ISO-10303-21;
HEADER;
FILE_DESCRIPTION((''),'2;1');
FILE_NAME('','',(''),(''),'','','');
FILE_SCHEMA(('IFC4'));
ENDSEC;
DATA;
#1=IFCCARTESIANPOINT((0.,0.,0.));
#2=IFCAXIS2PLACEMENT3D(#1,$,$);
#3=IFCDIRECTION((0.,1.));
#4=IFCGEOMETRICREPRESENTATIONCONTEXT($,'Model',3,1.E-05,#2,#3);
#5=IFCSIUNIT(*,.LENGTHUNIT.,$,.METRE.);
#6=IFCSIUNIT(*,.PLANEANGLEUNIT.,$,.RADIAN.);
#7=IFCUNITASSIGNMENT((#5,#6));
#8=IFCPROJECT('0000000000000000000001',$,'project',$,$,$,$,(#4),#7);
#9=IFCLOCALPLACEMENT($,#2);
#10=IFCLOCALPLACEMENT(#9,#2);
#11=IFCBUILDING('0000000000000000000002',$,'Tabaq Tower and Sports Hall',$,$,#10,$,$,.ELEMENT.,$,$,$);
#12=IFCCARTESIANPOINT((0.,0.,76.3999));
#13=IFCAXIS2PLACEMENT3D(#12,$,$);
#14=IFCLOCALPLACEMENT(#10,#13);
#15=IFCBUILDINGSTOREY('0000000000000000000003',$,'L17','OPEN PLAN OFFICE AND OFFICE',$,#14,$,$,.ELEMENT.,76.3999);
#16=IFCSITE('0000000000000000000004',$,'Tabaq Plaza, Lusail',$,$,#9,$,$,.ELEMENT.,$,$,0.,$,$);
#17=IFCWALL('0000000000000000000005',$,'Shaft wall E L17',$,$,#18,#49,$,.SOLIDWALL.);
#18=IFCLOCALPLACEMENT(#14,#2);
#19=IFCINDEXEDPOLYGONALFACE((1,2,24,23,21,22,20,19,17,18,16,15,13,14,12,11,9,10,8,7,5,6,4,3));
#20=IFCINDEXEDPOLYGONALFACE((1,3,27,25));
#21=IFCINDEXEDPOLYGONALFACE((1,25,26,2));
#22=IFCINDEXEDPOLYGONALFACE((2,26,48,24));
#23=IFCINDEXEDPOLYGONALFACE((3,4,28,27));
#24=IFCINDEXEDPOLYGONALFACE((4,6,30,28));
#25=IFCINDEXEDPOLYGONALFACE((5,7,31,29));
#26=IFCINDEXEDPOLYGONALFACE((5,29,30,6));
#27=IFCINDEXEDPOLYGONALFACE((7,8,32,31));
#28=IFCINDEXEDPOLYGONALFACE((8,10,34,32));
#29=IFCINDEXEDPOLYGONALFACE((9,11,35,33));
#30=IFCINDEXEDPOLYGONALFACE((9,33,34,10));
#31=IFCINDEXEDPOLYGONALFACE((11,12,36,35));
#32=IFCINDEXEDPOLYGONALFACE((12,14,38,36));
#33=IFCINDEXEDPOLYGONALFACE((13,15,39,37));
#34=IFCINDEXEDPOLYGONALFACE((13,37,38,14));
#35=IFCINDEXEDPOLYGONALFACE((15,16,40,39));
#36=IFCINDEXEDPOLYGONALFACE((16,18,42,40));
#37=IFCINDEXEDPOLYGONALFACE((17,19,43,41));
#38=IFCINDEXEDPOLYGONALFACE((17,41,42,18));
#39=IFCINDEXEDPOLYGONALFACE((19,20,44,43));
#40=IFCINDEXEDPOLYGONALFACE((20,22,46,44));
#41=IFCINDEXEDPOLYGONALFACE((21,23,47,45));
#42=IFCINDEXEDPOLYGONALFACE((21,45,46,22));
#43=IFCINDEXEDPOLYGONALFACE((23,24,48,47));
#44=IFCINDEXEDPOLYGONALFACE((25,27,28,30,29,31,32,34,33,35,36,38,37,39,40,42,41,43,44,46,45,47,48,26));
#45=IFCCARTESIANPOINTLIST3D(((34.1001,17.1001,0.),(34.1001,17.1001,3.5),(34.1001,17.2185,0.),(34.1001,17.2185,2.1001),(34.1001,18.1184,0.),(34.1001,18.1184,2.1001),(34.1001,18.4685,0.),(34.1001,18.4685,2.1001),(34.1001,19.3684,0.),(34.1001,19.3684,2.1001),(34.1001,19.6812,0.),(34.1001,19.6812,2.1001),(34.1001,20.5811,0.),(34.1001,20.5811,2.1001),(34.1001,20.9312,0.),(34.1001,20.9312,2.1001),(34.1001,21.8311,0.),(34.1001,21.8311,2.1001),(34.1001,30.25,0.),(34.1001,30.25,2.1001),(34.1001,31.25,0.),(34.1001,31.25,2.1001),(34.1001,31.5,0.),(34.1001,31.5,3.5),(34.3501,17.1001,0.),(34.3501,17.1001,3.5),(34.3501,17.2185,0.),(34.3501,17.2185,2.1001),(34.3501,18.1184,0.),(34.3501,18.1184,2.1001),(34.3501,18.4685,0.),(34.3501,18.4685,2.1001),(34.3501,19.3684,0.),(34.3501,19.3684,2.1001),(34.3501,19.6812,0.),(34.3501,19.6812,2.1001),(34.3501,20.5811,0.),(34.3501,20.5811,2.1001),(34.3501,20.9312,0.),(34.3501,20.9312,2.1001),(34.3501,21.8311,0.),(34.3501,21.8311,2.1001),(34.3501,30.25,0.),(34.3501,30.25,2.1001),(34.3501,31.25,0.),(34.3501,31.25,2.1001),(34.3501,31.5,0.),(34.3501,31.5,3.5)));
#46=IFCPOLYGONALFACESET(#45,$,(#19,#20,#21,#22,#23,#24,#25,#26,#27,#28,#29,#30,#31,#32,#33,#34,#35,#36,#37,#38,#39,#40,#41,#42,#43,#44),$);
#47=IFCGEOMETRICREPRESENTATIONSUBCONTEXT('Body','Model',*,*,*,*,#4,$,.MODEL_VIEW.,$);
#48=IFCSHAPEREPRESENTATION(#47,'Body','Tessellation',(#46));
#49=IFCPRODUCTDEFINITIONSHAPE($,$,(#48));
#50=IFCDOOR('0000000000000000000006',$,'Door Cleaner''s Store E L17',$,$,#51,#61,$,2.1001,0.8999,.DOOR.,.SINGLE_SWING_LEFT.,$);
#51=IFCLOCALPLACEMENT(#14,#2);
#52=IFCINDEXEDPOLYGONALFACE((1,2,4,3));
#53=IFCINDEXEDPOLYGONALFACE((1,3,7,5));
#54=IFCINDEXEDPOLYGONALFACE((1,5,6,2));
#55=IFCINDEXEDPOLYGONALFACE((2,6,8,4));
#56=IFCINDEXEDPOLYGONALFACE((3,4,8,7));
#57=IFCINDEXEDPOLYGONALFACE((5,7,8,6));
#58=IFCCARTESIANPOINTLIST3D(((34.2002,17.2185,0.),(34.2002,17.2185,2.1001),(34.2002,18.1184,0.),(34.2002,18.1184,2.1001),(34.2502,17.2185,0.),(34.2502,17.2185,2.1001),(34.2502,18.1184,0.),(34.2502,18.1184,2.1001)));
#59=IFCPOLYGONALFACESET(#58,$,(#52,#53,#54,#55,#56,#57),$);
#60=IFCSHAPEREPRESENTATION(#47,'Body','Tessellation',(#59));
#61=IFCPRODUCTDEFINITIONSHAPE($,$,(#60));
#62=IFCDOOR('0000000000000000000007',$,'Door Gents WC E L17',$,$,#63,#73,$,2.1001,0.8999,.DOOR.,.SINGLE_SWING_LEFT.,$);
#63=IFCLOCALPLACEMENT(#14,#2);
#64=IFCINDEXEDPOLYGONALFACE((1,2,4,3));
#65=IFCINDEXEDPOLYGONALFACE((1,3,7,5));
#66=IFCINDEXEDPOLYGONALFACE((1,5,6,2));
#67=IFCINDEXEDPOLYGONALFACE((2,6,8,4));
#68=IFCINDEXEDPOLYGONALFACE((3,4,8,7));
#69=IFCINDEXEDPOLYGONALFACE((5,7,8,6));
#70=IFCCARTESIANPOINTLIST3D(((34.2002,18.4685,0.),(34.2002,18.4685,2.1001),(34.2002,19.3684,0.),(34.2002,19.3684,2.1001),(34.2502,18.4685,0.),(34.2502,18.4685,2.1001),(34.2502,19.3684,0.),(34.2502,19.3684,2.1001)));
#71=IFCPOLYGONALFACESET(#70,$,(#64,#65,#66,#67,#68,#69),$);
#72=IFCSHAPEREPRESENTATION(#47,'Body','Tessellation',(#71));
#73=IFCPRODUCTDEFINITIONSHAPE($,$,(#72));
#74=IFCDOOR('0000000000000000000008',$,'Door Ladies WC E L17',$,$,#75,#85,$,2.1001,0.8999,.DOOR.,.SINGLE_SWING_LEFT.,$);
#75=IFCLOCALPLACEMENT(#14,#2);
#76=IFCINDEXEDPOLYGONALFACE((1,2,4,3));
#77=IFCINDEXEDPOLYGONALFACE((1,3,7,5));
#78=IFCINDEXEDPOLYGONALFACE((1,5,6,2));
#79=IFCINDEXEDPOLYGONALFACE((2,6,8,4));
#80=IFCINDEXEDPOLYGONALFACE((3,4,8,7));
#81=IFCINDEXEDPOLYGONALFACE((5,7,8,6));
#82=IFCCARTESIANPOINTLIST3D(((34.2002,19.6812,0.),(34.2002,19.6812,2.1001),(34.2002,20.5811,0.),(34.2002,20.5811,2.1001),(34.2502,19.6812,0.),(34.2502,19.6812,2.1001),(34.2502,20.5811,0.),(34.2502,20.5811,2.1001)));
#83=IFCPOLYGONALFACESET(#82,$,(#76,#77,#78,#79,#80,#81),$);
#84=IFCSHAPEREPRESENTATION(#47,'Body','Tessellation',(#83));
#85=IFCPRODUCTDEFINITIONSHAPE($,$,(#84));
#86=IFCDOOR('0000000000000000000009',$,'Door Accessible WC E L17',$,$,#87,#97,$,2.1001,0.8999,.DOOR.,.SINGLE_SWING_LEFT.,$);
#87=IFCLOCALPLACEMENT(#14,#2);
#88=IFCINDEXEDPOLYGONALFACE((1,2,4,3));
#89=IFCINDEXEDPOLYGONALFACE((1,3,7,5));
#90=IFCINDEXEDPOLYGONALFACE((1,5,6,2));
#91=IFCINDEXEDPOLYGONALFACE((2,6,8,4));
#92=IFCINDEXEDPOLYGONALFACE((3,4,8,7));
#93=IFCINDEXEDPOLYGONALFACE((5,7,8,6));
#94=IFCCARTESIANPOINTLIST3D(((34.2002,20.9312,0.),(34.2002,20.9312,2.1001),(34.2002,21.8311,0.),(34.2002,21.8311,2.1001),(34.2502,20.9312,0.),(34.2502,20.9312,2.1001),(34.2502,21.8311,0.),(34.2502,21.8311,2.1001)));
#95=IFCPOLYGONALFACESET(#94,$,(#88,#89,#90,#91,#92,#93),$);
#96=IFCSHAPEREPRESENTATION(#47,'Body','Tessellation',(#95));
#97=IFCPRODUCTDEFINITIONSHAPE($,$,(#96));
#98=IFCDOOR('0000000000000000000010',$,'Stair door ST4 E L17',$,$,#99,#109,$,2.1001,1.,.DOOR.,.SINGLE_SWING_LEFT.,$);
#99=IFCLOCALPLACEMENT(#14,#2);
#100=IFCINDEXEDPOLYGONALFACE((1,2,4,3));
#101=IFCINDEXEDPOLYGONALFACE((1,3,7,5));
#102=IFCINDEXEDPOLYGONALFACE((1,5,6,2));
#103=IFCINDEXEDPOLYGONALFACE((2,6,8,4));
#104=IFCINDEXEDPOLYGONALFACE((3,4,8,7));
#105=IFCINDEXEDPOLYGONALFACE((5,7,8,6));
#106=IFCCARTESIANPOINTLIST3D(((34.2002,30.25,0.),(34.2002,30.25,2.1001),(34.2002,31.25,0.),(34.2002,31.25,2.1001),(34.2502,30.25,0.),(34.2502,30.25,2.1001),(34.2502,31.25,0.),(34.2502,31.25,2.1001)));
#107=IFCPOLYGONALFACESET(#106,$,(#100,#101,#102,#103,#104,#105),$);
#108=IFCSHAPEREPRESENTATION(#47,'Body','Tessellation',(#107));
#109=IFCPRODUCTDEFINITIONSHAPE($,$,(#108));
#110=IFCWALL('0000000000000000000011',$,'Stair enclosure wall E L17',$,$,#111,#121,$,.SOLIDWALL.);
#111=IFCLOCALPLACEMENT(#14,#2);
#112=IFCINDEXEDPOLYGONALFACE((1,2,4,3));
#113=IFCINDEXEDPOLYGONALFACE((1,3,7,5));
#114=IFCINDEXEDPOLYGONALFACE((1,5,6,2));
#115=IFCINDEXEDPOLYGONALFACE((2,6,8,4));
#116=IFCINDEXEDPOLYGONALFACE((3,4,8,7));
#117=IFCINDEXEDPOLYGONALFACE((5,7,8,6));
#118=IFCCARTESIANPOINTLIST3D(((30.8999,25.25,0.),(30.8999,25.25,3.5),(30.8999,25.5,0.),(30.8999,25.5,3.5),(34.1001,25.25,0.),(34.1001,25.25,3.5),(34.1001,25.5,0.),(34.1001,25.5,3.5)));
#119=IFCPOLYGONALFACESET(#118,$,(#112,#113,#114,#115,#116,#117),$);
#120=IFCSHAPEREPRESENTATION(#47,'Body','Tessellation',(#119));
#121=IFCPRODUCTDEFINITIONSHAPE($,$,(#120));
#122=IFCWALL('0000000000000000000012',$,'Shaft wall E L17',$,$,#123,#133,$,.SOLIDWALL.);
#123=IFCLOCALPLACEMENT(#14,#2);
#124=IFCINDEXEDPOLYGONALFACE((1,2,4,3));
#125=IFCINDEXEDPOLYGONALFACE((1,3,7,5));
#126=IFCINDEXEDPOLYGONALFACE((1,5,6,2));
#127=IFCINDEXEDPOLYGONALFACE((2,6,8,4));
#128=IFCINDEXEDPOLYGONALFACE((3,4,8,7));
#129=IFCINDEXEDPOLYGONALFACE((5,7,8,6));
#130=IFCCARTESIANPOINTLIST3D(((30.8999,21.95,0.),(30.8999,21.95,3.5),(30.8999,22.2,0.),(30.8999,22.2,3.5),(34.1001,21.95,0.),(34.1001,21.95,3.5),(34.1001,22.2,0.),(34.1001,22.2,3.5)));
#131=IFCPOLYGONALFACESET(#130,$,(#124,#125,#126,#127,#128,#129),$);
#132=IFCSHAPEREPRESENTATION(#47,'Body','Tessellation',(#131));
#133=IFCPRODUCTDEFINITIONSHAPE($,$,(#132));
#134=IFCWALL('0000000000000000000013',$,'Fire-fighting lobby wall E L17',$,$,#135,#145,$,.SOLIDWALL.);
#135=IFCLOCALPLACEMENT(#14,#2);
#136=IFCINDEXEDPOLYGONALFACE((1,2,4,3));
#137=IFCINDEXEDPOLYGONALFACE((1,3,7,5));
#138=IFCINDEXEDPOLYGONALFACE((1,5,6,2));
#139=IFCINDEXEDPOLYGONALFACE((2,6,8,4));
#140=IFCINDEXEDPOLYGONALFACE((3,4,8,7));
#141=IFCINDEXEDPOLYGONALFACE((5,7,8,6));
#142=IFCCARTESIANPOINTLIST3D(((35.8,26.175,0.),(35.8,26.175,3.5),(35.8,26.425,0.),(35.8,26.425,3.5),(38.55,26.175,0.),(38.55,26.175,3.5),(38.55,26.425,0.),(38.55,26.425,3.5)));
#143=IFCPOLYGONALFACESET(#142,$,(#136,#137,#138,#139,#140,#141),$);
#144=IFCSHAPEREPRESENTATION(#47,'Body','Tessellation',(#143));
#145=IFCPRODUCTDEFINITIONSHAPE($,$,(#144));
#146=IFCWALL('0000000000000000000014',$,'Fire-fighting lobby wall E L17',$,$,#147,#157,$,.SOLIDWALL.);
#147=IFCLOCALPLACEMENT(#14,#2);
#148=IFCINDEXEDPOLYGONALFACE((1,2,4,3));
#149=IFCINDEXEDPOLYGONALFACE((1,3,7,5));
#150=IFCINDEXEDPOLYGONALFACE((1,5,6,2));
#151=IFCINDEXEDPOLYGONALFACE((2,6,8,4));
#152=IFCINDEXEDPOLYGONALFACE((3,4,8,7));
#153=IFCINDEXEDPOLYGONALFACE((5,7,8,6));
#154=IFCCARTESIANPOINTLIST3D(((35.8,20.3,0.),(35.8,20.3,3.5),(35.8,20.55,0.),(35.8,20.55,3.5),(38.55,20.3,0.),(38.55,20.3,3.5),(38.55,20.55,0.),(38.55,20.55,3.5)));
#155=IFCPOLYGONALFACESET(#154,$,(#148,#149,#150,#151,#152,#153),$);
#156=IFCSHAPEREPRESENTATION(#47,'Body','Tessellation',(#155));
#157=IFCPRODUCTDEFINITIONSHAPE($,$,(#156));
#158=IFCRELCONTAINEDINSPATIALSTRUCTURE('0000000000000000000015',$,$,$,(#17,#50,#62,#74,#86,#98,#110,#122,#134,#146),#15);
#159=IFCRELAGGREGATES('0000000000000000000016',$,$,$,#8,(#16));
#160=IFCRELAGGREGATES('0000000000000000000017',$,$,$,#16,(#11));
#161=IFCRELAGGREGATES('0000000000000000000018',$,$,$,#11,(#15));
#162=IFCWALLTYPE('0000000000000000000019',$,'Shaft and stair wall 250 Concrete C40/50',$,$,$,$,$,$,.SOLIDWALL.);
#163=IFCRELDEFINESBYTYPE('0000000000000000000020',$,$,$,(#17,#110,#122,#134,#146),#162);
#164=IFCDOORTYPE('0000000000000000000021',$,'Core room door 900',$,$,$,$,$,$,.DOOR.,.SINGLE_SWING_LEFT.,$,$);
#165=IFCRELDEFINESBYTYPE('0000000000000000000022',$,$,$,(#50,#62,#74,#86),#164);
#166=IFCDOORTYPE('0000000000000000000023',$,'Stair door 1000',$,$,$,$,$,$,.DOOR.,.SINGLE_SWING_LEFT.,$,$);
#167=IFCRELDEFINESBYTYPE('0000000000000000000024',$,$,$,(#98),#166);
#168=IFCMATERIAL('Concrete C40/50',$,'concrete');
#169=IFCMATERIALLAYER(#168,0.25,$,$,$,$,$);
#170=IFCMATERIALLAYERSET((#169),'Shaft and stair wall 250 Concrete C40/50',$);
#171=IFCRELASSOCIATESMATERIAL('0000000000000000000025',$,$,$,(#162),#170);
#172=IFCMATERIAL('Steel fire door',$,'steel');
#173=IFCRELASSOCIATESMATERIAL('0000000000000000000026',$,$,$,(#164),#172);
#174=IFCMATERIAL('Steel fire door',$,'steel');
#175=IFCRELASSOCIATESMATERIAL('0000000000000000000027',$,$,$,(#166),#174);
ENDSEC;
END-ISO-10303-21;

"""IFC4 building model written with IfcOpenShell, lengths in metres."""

from ifc_helpers import new_model, si_unit, direction, frame, frame_2d, origin, place, context, subcontext, project, spatial, rectangle, extrude, material, layer, layer_set, type_object, element, fill, save


model = new_model("IFC4")

# Units and contexts
model_context = context("Model", 3, precision=1e-05, world=origin(), true_north=direction((0.0, 1.0)))
body_context = subcontext(model_context, "Body", "Model", "MODEL_VIEW")
ifc_project = project(units=[si_unit("LENGTHUNIT", "METRE"), si_unit("PLANEANGLEUNIT", "RADIAN")], contexts=[model_context])

# Site, building, storey
site_placement = place(None, origin())
site = spatial("IfcSite", under=ifc_project, at=site_placement, Name="Tabaq Plaza, Lusail", CompositionType="ELEMENT", RefElevation=0.0)
building_placement = place(site_placement, origin())
building = spatial("IfcBuilding", under=site, at=building_placement, Name="Tabaq Tower and Sports Hall", CompositionType="ELEMENT")
storey_placement = place(building_placement, frame((0.0, 0.0, 76.3999)))
storey = spatial("IfcBuildingStorey", under=building, at=storey_placement, Name="L17", Description="OPEN PLAN OFFICE AND OFFICE", CompositionType="ELEMENT", Elevation=76.3999)

# Wall, openings, doors
ifc_material_1 = material(Name="Concrete C40/50", Category="concrete")
ifc_layer_1 = layer(ifc_material_1, 0.25)
ifc_layer_set_1 = layer_set([ifc_layer_1], Name="Shaft and stair wall 250 Concrete C40/50")
wall_type_1 = type_object("IfcWallType", Name="Shaft and stair wall 250 Concrete C40/50", PredefinedType="SOLIDWALL", material=ifc_layer_set_1)
wall_1_placement = place(storey_placement, frame((34.2251, 17.1001, 0.0), z_axis=(0.0, 0.0, 1.0), x_axis=(0.0, 1.0, 0.0)))
wall_1 = element("IfcWall", 1, at=wall_1_placement, inside=storey, type_object=wall_type_1, Name="Shaft wall E L17", PredefinedType="SOLIDWALL", context=body_context, shape_type="SweptSolid", body=[
    extrude(rectangle(XDim=14.3999, YDim=0.25, at=frame_2d((7.2, 0.0))), origin(), (0.0, 0.0, 1.0), 3.5),
])
opening_1_placement = place(wall_1_placement, frame((13.1499, 0.0, 0.0)))
opening_1 = element("IfcOpeningElement", 2, at=opening_1_placement, cuts=wall_1, PredefinedType="OPENING", context=body_context, shape_type="SweptSolid", body=[
    extrude(rectangle(XDim=1.0, YDim=2.1001, at=frame_2d((0.5, 1.05))), frame((0.0, 0.125, 0.0), z_axis=(0.0, -1.0, 0.0), x_axis=(1.0, 0.0, 0.0)), (0.0, 0.0, 1.0), 0.25),
])
opening_2_placement = place(wall_1_placement, frame((0.1184, 0.0, 0.0)))
opening_2 = element("IfcOpeningElement", 3, at=opening_2_placement, cuts=wall_1, PredefinedType="OPENING", context=body_context, shape_type="SweptSolid", body=[
    extrude(rectangle(XDim=0.8999, YDim=2.1001, at=frame_2d((0.45, 1.05))), frame((0.0, 0.125, 0.0), z_axis=(0.0, -1.0, 0.0), x_axis=(1.0, 0.0, 0.0)), (0.0, 0.0, 1.0), 0.25),
])
opening_3_placement = place(wall_1_placement, frame((1.3684, 0.0, 0.0)))
opening_3 = element("IfcOpeningElement", 4, at=opening_3_placement, cuts=wall_1, PredefinedType="OPENING", context=body_context, shape_type="SweptSolid", body=[
    extrude(rectangle(XDim=0.8999, YDim=2.1001, at=frame_2d((0.45, 1.05))), frame((0.0, 0.125, 0.0), z_axis=(0.0, -1.0, 0.0), x_axis=(1.0, 0.0, 0.0)), (0.0, 0.0, 1.0), 0.25),
])
opening_4_placement = place(wall_1_placement, frame((2.5811, 0.0, 0.0)))
opening_4 = element("IfcOpeningElement", 5, at=opening_4_placement, cuts=wall_1, PredefinedType="OPENING", context=body_context, shape_type="SweptSolid", body=[
    extrude(rectangle(XDim=0.8999, YDim=2.1001, at=frame_2d((0.45, 1.05))), frame((0.0, 0.125, 0.0), z_axis=(0.0, -1.0, 0.0), x_axis=(1.0, 0.0, 0.0)), (0.0, 0.0, 1.0), 0.25),
])
opening_5_placement = place(wall_1_placement, frame((3.8311, 0.0, 0.0)))
opening_5 = element("IfcOpeningElement", 6, at=opening_5_placement, cuts=wall_1, PredefinedType="OPENING", context=body_context, shape_type="SweptSolid", body=[
    extrude(rectangle(XDim=0.8999, YDim=2.1001, at=frame_2d((0.45, 1.05))), frame((0.0, 0.125, 0.0), z_axis=(0.0, -1.0, 0.0), x_axis=(1.0, 0.0, 0.0)), (0.0, 0.0, 1.0), 0.25),
])
ifc_material_2 = material(Name="Steel fire door", Category="steel")
door_type_1 = type_object("IfcDoorType", Name="Core room door 900", OperationType="SINGLE_SWING_LEFT", PredefinedType="DOOR", material=ifc_material_2)
door_1_placement = place(opening_2_placement, origin())
door_1 = element("IfcDoor", 7, at=door_1_placement, inside=storey, type_object=door_type_1, Name="Door Cleaner's Store E L17", OperationType="SINGLE_SWING_LEFT", OverallHeight=2.1001, OverallWidth=0.8999, PredefinedType="DOOR", context=body_context, shape_type="SweptSolid", body=[
    extrude(rectangle(XDim=0.8999, YDim=2.1001, at=frame_2d((0.45, 1.05))), frame((0.0, 0.0249, 0.0), z_axis=(0.0, -1.0, 0.0), x_axis=(1.0, 0.0, 0.0)), (0.0, 0.0, 1.0), 0.05),
])
fill(opening_2, door_1)
door_2_placement = place(opening_3_placement, origin())
door_2 = element("IfcDoor", 8, at=door_2_placement, inside=storey, type_object=door_type_1, Name="Door Gents WC E L17", OperationType="SINGLE_SWING_LEFT", OverallHeight=2.1001, OverallWidth=0.8999, PredefinedType="DOOR", context=body_context, shape_type="SweptSolid", body=[
    extrude(rectangle(XDim=0.8999, YDim=2.1001, at=frame_2d((0.45, 1.05))), frame((0.0, 0.0249, 0.0), z_axis=(0.0, -1.0, 0.0), x_axis=(1.0, 0.0, 0.0)), (0.0, 0.0, 1.0), 0.05),
])
fill(opening_3, door_2)
door_3_placement = place(opening_4_placement, origin())
door_3 = element("IfcDoor", 9, at=door_3_placement, inside=storey, type_object=door_type_1, Name="Door Ladies WC E L17", OperationType="SINGLE_SWING_LEFT", OverallHeight=2.1001, OverallWidth=0.8999, PredefinedType="DOOR", context=body_context, shape_type="SweptSolid", body=[
    extrude(rectangle(XDim=0.8999, YDim=2.1001, at=frame_2d((0.45, 1.05))), frame((0.0, 0.0249, 0.0), z_axis=(0.0, -1.0, 0.0), x_axis=(1.0, 0.0, 0.0)), (0.0, 0.0, 1.0), 0.05),
])
fill(opening_4, door_3)
door_4_placement = place(opening_5_placement, origin())
door_4 = element("IfcDoor", 10, at=door_4_placement, inside=storey, type_object=door_type_1, Name="Door Accessible WC E L17", OperationType="SINGLE_SWING_LEFT", OverallHeight=2.1001, OverallWidth=0.8999, PredefinedType="DOOR", context=body_context, shape_type="SweptSolid", body=[
    extrude(rectangle(XDim=0.8999, YDim=2.1001, at=frame_2d((0.45, 1.05))), frame((0.0, 0.0249, 0.0), z_axis=(0.0, -1.0, 0.0), x_axis=(1.0, 0.0, 0.0)), (0.0, 0.0, 1.0), 0.05),
])
fill(opening_5, door_4)
ifc_material_3 = material(Name="Steel fire door", Category="steel")
door_type_2 = type_object("IfcDoorType", Name="Stair door 1000", OperationType="SINGLE_SWING_LEFT", PredefinedType="DOOR", material=ifc_material_3)
door_5_placement = place(opening_1_placement, origin())
door_5 = element("IfcDoor", 11, at=door_5_placement, inside=storey, type_object=door_type_2, Name="Stair door ST4 E L17", OperationType="SINGLE_SWING_LEFT", OverallHeight=2.1001, OverallWidth=1.0, PredefinedType="DOOR", context=body_context, shape_type="SweptSolid", body=[
    extrude(rectangle(XDim=1.0, YDim=2.1001, at=frame_2d((0.5, 1.05))), frame((0.0, 0.0249, 0.0), z_axis=(0.0, -1.0, 0.0), x_axis=(1.0, 0.0, 0.0)), (0.0, 0.0, 1.0), 0.05),
])
fill(opening_1, door_5)

# Walls
for number, where, z_axis, x_axis, name in (
    (12, (30.8999, 25.375, 0.0), (0.0, 0.0, 1.0), (1.0, 0.0, 0.0), "Stair enclosure wall E L17"),
    (13, (30.8999, 22.075, 0.0), (0.0, 0.0, 1.0), (1.0, 0.0, 0.0), "Shaft wall E L17"),
):
    element("IfcWall", number, at=place(storey_placement, frame(where, z_axis=z_axis, x_axis=x_axis)), inside=storey, type_object=wall_type_1, Name=name, PredefinedType="SOLIDWALL", context=body_context, shape_type="SweptSolid", body=[
        extrude(rectangle(XDim=3.2002, YDim=0.25, at=frame_2d((1.6001, 0.0))), origin(), (0.0, 0.0, 1.0), 3.5),
    ])
for number, where, z_axis, x_axis, name in (
    (14, (35.8, 26.3, 0.0), (0.0, 0.0, 1.0), (1.0, 0.0, 0.0), "Fire-fighting lobby wall E L17"),
    (15, (35.8, 20.425, 0.0), (0.0, 0.0, 1.0), (1.0, 0.0, 0.0), "Fire-fighting lobby wall E L17"),
):
    element("IfcWall", number, at=place(storey_placement, frame(where, z_axis=z_axis, x_axis=x_axis)), inside=storey, type_object=wall_type_1, Name=name, PredefinedType="SOLIDWALL", context=body_context, shape_type="SweptSolid", body=[
        extrude(rectangle(XDim=2.75, YDim=0.25, at=frame_2d((1.375, 0.0))), origin(), (0.0, 0.0, 1.0), 3.5),
    ])

save(model, "model.ifc")
